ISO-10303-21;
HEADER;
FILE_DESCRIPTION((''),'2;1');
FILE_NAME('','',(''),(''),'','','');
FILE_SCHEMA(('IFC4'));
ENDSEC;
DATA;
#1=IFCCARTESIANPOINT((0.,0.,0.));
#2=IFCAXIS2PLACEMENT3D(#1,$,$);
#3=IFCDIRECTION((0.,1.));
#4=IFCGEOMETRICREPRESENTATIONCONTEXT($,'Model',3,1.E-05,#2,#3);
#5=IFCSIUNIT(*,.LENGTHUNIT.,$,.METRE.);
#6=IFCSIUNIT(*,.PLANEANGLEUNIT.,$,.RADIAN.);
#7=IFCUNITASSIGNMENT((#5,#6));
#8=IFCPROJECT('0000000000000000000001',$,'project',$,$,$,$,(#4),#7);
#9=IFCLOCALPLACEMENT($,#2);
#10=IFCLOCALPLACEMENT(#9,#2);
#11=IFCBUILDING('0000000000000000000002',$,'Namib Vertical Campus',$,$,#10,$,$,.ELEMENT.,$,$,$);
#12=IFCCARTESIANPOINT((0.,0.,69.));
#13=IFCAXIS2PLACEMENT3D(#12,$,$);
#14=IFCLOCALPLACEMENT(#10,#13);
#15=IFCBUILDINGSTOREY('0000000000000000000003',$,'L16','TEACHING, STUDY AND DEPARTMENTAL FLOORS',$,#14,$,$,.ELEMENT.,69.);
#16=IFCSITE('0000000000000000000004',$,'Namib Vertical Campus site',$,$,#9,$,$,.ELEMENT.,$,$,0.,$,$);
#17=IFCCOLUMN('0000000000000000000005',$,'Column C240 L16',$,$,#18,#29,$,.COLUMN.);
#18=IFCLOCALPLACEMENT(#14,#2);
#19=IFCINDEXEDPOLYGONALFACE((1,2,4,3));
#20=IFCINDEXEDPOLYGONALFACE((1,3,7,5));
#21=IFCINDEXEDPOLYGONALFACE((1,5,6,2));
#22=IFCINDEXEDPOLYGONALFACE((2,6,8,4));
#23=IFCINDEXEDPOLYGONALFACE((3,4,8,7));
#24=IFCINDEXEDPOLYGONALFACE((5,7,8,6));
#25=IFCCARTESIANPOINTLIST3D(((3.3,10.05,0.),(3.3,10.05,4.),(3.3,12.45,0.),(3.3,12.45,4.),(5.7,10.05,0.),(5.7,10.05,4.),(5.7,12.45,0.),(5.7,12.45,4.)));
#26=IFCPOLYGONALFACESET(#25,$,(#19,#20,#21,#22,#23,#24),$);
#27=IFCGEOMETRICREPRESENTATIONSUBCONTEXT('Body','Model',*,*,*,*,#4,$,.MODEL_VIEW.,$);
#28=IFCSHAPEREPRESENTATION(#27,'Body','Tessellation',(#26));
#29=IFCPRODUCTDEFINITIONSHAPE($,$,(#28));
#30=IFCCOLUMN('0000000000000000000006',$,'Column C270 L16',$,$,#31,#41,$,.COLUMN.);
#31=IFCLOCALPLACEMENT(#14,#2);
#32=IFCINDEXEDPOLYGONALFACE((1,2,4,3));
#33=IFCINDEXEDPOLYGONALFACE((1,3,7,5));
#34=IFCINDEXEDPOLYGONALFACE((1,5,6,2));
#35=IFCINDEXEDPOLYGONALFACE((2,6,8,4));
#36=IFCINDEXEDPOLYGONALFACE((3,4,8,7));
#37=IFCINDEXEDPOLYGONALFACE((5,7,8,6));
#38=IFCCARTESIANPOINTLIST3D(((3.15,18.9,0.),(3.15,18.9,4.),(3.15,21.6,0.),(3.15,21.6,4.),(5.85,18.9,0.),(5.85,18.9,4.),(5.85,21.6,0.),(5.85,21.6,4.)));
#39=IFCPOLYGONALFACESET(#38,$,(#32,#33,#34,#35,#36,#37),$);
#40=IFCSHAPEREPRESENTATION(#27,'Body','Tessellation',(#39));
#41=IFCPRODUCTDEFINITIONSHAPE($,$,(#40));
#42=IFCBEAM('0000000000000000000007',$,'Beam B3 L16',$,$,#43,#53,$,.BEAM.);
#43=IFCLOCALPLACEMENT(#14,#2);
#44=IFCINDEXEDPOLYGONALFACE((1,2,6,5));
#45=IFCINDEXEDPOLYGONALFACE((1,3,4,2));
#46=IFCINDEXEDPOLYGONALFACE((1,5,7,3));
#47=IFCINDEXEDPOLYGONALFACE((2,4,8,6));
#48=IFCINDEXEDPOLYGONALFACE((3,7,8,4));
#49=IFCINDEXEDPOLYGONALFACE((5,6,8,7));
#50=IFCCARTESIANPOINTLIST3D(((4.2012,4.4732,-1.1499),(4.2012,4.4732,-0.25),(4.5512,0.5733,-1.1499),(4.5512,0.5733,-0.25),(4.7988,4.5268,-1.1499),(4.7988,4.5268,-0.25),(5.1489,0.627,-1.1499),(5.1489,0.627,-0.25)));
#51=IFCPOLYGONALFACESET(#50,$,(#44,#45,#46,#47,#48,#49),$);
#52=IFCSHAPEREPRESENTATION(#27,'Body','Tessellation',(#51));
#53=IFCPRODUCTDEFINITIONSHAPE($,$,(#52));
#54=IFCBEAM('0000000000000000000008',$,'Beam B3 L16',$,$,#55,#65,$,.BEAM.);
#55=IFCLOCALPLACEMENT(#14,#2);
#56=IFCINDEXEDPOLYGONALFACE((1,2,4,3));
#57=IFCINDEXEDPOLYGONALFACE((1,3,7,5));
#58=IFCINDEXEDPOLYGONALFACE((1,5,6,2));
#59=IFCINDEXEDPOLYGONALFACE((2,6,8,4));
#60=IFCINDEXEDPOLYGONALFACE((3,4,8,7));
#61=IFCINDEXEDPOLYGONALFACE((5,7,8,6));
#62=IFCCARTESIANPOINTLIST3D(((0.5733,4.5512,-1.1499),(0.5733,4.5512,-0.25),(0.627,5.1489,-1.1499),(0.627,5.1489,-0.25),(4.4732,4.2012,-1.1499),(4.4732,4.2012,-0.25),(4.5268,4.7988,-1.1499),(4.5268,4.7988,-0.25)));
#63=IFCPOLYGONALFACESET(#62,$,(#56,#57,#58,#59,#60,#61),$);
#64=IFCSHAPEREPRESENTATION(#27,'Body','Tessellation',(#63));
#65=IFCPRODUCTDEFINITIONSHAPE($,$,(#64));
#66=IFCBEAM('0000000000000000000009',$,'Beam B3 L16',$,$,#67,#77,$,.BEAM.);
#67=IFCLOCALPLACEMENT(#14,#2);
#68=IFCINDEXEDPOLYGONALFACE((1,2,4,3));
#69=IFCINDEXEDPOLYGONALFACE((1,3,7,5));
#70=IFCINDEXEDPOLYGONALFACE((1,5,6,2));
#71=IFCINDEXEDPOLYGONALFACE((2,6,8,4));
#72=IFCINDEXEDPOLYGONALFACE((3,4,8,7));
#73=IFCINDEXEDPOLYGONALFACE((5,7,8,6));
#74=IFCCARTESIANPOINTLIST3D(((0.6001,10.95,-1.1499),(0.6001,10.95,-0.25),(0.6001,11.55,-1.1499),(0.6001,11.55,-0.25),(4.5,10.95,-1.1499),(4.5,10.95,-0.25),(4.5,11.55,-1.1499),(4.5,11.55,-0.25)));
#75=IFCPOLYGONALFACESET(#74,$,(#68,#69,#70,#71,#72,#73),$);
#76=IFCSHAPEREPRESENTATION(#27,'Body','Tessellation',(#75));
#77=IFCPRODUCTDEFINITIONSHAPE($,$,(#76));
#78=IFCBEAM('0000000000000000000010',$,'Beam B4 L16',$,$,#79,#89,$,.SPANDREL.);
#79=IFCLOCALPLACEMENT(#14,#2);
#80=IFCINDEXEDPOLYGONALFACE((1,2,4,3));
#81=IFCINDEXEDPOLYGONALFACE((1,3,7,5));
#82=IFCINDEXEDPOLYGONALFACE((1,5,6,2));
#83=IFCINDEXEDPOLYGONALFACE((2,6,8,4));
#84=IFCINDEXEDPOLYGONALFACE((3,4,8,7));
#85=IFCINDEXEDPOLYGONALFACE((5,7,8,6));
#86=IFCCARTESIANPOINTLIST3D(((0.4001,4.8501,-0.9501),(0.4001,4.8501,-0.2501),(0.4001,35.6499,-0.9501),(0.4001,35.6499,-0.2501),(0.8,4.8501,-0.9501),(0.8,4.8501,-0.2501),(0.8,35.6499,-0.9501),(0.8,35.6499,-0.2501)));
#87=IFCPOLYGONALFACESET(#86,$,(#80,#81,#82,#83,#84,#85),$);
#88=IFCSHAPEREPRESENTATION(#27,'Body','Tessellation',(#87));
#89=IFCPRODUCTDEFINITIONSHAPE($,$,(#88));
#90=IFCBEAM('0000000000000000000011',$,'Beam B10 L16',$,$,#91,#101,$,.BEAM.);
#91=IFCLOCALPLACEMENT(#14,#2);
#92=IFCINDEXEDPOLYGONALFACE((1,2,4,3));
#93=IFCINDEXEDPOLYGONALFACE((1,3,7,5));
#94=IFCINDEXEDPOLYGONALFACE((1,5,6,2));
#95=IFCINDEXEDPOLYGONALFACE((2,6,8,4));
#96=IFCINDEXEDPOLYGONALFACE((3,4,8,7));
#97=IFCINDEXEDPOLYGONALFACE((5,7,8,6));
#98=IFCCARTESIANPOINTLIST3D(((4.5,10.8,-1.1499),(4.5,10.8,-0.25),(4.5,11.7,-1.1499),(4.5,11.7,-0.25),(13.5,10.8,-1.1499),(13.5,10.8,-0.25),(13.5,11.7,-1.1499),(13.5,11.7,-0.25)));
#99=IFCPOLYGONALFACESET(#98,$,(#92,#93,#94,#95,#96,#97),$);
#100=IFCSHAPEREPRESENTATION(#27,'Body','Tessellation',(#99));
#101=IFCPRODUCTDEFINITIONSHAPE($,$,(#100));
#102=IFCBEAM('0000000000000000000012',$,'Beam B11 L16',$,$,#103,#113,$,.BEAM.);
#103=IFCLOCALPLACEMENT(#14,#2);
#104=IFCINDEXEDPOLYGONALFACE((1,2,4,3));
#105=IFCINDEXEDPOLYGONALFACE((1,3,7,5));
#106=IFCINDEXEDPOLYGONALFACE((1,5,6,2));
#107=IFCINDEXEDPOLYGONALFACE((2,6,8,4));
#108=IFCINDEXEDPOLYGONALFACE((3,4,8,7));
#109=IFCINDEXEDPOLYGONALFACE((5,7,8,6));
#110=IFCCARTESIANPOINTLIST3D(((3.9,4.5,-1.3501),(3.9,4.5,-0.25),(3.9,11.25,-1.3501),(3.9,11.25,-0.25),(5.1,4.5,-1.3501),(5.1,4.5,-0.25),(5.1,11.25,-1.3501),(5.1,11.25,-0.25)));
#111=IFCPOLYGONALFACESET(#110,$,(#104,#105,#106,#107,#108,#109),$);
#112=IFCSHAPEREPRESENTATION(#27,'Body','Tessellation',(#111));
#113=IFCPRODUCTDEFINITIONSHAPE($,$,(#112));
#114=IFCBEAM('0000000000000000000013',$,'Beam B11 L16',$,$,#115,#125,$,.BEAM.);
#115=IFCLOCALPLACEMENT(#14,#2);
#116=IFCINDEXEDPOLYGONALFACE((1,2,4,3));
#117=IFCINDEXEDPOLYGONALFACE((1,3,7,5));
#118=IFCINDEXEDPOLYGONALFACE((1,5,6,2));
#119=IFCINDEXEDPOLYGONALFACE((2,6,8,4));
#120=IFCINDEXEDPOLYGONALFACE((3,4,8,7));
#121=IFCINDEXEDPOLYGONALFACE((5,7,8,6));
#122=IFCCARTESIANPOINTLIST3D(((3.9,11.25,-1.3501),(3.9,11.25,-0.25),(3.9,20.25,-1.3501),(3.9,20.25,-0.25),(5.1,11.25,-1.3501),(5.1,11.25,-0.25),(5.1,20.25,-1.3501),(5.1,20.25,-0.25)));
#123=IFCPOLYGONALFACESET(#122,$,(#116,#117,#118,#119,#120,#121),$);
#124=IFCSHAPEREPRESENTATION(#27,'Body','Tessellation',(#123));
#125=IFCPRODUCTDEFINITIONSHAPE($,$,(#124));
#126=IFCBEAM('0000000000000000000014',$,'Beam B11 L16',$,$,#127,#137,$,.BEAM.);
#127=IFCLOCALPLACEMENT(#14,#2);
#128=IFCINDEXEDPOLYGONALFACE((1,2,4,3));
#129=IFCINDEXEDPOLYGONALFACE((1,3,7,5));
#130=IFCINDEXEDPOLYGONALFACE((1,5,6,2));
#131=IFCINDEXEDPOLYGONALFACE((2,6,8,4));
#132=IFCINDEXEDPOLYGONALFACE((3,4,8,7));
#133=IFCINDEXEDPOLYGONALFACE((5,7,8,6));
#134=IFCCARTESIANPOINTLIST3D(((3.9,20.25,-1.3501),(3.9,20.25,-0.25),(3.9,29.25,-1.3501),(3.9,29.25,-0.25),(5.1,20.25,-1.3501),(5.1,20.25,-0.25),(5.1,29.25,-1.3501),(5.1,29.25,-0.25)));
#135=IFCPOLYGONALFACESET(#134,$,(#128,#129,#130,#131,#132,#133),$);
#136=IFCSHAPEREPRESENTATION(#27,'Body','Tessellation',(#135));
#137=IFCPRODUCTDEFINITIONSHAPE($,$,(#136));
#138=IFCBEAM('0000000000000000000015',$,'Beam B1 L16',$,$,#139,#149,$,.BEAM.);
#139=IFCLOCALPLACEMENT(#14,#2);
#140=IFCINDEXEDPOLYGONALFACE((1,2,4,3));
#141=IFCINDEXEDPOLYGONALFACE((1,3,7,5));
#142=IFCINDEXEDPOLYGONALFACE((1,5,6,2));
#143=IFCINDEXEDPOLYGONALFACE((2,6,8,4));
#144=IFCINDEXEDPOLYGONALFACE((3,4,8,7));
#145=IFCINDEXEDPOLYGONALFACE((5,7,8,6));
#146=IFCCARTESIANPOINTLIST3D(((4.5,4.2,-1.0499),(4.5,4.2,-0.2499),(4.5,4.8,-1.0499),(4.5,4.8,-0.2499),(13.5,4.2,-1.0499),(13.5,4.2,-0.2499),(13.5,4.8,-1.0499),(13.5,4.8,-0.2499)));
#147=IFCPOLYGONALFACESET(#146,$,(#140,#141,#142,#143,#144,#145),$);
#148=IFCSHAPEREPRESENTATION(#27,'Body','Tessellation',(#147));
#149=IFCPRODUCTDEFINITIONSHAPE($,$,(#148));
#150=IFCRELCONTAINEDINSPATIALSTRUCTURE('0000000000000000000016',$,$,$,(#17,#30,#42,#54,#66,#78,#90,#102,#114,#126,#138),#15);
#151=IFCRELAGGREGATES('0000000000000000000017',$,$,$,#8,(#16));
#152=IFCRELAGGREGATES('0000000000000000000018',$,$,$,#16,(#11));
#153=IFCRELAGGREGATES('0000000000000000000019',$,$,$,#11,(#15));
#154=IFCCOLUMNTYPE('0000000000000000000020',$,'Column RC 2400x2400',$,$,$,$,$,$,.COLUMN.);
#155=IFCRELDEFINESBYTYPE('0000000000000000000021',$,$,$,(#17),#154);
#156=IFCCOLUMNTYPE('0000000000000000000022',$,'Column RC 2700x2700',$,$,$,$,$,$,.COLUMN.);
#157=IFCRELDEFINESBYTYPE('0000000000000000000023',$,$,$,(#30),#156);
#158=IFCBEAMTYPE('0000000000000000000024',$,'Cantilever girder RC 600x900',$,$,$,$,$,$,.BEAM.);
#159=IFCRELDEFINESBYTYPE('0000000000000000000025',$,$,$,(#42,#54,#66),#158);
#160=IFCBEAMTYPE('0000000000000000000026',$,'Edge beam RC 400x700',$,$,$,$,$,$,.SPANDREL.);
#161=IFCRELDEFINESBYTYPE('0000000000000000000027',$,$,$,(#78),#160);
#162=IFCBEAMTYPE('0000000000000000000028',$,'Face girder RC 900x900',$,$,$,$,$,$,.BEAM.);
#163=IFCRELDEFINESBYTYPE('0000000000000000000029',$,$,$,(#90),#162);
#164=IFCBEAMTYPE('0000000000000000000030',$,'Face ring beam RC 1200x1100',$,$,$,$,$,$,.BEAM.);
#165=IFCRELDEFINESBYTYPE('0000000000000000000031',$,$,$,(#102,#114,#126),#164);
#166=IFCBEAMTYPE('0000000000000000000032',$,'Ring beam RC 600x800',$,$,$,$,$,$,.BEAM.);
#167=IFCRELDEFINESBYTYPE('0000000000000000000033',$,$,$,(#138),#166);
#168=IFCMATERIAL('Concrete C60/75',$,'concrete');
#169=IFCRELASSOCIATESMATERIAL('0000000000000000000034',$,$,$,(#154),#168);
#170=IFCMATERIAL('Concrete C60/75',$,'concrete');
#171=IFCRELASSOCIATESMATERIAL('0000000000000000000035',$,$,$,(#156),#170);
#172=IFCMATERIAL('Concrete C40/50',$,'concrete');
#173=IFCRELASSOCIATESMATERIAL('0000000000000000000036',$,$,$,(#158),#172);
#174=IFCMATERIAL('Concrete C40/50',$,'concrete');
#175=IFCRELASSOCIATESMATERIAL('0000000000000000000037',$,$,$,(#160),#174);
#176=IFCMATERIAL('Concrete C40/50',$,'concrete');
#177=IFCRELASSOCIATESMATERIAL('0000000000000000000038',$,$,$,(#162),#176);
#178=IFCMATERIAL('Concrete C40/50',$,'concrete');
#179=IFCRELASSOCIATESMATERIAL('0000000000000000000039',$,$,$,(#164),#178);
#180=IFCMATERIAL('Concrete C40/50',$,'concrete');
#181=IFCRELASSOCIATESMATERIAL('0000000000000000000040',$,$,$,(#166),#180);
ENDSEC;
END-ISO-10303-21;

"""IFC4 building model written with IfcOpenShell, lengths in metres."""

from ifc_helpers import new_model, si_unit, direction, frame, origin, origin_2d, place, context, subcontext, project, spatial, rectangle, extrude, material, material_profile, profile_set, type_object, element, save


model = new_model("IFC4")

# Units and contexts
model_context = context("Model", 3, precision=1e-05, world=origin(), true_north=direction((0.0, 1.0)))
body_context = subcontext(model_context, "Body", "Model", "MODEL_VIEW")
ifc_project = project(units=[si_unit("LENGTHUNIT", "METRE"), si_unit("PLANEANGLEUNIT", "RADIAN")], contexts=[model_context])

# Site, building, storey
site_placement = place(None, origin())
site = spatial("IfcSite", under=ifc_project, at=site_placement, Name="Namib Vertical Campus site", CompositionType="ELEMENT", RefElevation=0.0)
building_placement = place(site_placement, origin())
building = spatial("IfcBuilding", under=site, at=building_placement, Name="Namib Vertical Campus", CompositionType="ELEMENT")
storey_placement = place(building_placement, frame((0.0, 0.0, 69.0)))
storey = spatial("IfcBuildingStorey", under=building, at=storey_placement, Name="L16", Description="TEACHING, STUDY AND DEPARTMENTAL FLOORS", CompositionType="ELEMENT", Elevation=69.0)

# Columns
ifc_material_1 = material(Name="Concrete C60/75", Category="concrete")
ifc_material_profile_1 = material_profile(ifc_material_1, rectangle(XDim=2.3999, YDim=2.3999, at=origin_2d()))
ifc_profile_set_1 = profile_set([ifc_material_profile_1], Name="Concrete C60/75")
column_type_1 = type_object("IfcColumnType", Name="Column RC 2400x2400", PredefinedType="COLUMN", material=ifc_profile_set_1)
column_1_placement = place(storey_placement, frame((4.5, 11.25, 0.0), z_axis=(0.0, 0.0, 1.0), x_axis=(1.0, 0.0, 0.0)))
element("IfcColumn", 1, at=column_1_placement, inside=storey, type_object=column_type_1, Name="Column C240 L16", PredefinedType="COLUMN", context=body_context, shape_type="SweptSolid", body=[
    extrude(rectangle(XDim=2.3999, YDim=2.3999, at=origin_2d()), origin(), (0.0, 0.0, 1.0), 4.0),
])
ifc_material_2 = material(Name="Concrete C60/75", Category="concrete")
ifc_material_profile_2 = material_profile(ifc_material_2, rectangle(XDim=2.7, YDim=2.7, at=origin_2d()))
ifc_profile_set_2 = profile_set([ifc_material_profile_2], Name="Concrete C60/75")
column_type_2 = type_object("IfcColumnType", Name="Column RC 2700x2700", PredefinedType="COLUMN", material=ifc_profile_set_2)
column_2_placement = place(storey_placement, frame((4.5, 20.25, 0.0), z_axis=(0.0, 0.0, 1.0), x_axis=(1.0, 0.0, 0.0)))
element("IfcColumn", 2, at=column_2_placement, inside=storey, type_object=column_type_2, Name="Column C270 L16", PredefinedType="COLUMN", context=body_context, shape_type="SweptSolid", body=[
    extrude(rectangle(XDim=2.7, YDim=2.7, at=origin_2d()), origin(), (0.0, 0.0, 1.0), 4.0),
])

# Beams
ifc_material_3 = material(Name="Concrete C40/50", Category="concrete")
ifc_material_profile_3 = material_profile(ifc_material_3, rectangle(XDim=0.6001, YDim=0.8999, at=origin_2d()))
ifc_profile_set_3 = profile_set([ifc_material_profile_3], Name="Concrete C40/50")
beam_type_1 = type_object("IfcBeamType", Name="Cantilever girder RC 600x900", PredefinedType="BEAM", material=ifc_profile_set_3)
for number, where, z_axis, x_axis, name in (
    (3, (4.5, 4.5, -0.7), (0.089411, -0.995995, 0.0), (0.995995, 0.089411, 0.0), "Beam B3 L16"),
    (4, (4.5, 4.5, -0.7), (-0.995995, 0.089411, 0.0), (-0.089411, -0.995995, 0.0), "Beam B3 L16"),
):
    element("IfcBeam", number, at=place(storey_placement, frame(where, z_axis=z_axis, x_axis=x_axis)), inside=storey, type_object=beam_type_1, Name=name, PredefinedType="BEAM", context=body_context, shape_type="SweptSolid", body=[
        extrude(rectangle(XDim=0.6001, YDim=0.8999, at=origin_2d()), origin(), (0.0, 0.0, 1.0), 3.9155),
    ])
beam_1_placement = place(storey_placement, frame((4.5, 11.25, -0.7), z_axis=(-1.0, 0.0, 0.0), x_axis=(0.0, -1.0, 0.0)))
element("IfcBeam", 5, at=beam_1_placement, inside=storey, type_object=beam_type_1, Name="Beam B3 L16", PredefinedType="BEAM", context=body_context, shape_type="SweptSolid", body=[
    extrude(rectangle(XDim=0.6001, YDim=0.8999, at=origin_2d()), origin(), (0.0, 0.0, 1.0), 3.8999),
])
ifc_material_4 = material(Name="Concrete C40/50", Category="concrete")
ifc_material_profile_4 = material_profile(ifc_material_4, rectangle(XDim=0.3999, YDim=0.7, at=origin_2d()))
ifc_profile_set_4 = profile_set([ifc_material_profile_4], Name="Concrete C40/50")
beam_type_2 = type_object("IfcBeamType", Name="Edge beam RC 400x700", PredefinedType="SPANDREL", material=ifc_profile_set_4)
beam_2_placement = place(storey_placement, frame((0.6001, 4.8501, -0.6001), z_axis=(0.0, 1.0, 0.0), x_axis=(-1.0, 0.0, 0.0)))
element("IfcBeam", 6, at=beam_2_placement, inside=storey, type_object=beam_type_2, Name="Beam B4 L16", PredefinedType="SPANDREL", context=body_context, shape_type="SweptSolid", body=[
    extrude(rectangle(XDim=0.3999, YDim=0.7, at=origin_2d()), origin(), (0.0, 0.0, 1.0), 30.7998),
])
ifc_material_5 = material(Name="Concrete C40/50", Category="concrete")
ifc_material_profile_5 = material_profile(ifc_material_5, rectangle(XDim=0.8999, YDim=0.8999, at=origin_2d()))
ifc_profile_set_5 = profile_set([ifc_material_profile_5], Name="Concrete C40/50")
beam_type_3 = type_object("IfcBeamType", Name="Face girder RC 900x900", PredefinedType="BEAM", material=ifc_profile_set_5)
beam_3_placement = place(storey_placement, frame((4.5, 11.25, -0.7), z_axis=(1.0, 0.0, 0.0), x_axis=(0.0, 1.0, 0.0)))
element("IfcBeam", 7, at=beam_3_placement, inside=storey, type_object=beam_type_3, Name="Beam B10 L16", PredefinedType="BEAM", context=body_context, shape_type="SweptSolid", body=[
    extrude(rectangle(XDim=0.8999, YDim=0.8999, at=origin_2d()), origin(), (0.0, 0.0, 1.0), 9.0),
])
ifc_material_6 = material(Name="Concrete C40/50", Category="concrete")
ifc_material_profile_6 = material_profile(ifc_material_6, rectangle(XDim=1.2, YDim=1.1001, at=origin_2d()))
ifc_profile_set_6 = profile_set([ifc_material_profile_6], Name="Concrete C40/50")
beam_type_4 = type_object("IfcBeamType", Name="Face ring beam RC 1200x1100", PredefinedType="BEAM", material=ifc_profile_set_6)
beam_4_placement = place(storey_placement, frame((4.5, 4.5, -0.8), z_axis=(0.0, 1.0, 0.0), x_axis=(-1.0, 0.0, 0.0)))
element("IfcBeam", 8, at=beam_4_placement, inside=storey, type_object=beam_type_4, Name="Beam B11 L16", PredefinedType="BEAM", context=body_context, shape_type="SweptSolid", body=[
    extrude(rectangle(XDim=1.2, YDim=1.1001, at=origin_2d()), origin(), (0.0, 0.0, 1.0), 6.75),
])
for number, where, z_axis, x_axis, name in (
    (9, (4.5, 11.25, -0.8), (0.0, 1.0, 0.0), (-1.0, 0.0, 0.0), "Beam B11 L16"),
    (10, (4.5, 20.25, -0.8), (0.0, 1.0, 0.0), (-1.0, 0.0, 0.0), "Beam B11 L16"),
):
    element("IfcBeam", number, at=place(storey_placement, frame(where, z_axis=z_axis, x_axis=x_axis)), inside=storey, type_object=beam_type_4, Name=name, PredefinedType="BEAM", context=body_context, shape_type="SweptSolid", body=[
        extrude(rectangle(XDim=1.2, YDim=1.1001, at=origin_2d()), origin(), (0.0, 0.0, 1.0), 9.0),
    ])
ifc_material_7 = material(Name="Concrete C40/50", Category="concrete")
ifc_material_profile_7 = material_profile(ifc_material_7, rectangle(XDim=0.6001, YDim=0.8, at=origin_2d()))
ifc_profile_set_7 = profile_set([ifc_material_profile_7], Name="Concrete C40/50")
beam_type_5 = type_object("IfcBeamType", Name="Ring beam RC 600x800", PredefinedType="BEAM", material=ifc_profile_set_7)
beam_5_placement = place(storey_placement, frame((4.5, 4.5, -0.6499), z_axis=(1.0, 0.0, 0.0), x_axis=(0.0, 1.0, 0.0)))
element("IfcBeam", 11, at=beam_5_placement, inside=storey, type_object=beam_type_5, Name="Beam B1 L16", PredefinedType="BEAM", context=body_context, shape_type="SweptSolid", body=[
    extrude(rectangle(XDim=0.6001, YDim=0.8, at=origin_2d()), origin(), (0.0, 0.0, 1.0), 9.0),
])

save(model, "model.ifc")
